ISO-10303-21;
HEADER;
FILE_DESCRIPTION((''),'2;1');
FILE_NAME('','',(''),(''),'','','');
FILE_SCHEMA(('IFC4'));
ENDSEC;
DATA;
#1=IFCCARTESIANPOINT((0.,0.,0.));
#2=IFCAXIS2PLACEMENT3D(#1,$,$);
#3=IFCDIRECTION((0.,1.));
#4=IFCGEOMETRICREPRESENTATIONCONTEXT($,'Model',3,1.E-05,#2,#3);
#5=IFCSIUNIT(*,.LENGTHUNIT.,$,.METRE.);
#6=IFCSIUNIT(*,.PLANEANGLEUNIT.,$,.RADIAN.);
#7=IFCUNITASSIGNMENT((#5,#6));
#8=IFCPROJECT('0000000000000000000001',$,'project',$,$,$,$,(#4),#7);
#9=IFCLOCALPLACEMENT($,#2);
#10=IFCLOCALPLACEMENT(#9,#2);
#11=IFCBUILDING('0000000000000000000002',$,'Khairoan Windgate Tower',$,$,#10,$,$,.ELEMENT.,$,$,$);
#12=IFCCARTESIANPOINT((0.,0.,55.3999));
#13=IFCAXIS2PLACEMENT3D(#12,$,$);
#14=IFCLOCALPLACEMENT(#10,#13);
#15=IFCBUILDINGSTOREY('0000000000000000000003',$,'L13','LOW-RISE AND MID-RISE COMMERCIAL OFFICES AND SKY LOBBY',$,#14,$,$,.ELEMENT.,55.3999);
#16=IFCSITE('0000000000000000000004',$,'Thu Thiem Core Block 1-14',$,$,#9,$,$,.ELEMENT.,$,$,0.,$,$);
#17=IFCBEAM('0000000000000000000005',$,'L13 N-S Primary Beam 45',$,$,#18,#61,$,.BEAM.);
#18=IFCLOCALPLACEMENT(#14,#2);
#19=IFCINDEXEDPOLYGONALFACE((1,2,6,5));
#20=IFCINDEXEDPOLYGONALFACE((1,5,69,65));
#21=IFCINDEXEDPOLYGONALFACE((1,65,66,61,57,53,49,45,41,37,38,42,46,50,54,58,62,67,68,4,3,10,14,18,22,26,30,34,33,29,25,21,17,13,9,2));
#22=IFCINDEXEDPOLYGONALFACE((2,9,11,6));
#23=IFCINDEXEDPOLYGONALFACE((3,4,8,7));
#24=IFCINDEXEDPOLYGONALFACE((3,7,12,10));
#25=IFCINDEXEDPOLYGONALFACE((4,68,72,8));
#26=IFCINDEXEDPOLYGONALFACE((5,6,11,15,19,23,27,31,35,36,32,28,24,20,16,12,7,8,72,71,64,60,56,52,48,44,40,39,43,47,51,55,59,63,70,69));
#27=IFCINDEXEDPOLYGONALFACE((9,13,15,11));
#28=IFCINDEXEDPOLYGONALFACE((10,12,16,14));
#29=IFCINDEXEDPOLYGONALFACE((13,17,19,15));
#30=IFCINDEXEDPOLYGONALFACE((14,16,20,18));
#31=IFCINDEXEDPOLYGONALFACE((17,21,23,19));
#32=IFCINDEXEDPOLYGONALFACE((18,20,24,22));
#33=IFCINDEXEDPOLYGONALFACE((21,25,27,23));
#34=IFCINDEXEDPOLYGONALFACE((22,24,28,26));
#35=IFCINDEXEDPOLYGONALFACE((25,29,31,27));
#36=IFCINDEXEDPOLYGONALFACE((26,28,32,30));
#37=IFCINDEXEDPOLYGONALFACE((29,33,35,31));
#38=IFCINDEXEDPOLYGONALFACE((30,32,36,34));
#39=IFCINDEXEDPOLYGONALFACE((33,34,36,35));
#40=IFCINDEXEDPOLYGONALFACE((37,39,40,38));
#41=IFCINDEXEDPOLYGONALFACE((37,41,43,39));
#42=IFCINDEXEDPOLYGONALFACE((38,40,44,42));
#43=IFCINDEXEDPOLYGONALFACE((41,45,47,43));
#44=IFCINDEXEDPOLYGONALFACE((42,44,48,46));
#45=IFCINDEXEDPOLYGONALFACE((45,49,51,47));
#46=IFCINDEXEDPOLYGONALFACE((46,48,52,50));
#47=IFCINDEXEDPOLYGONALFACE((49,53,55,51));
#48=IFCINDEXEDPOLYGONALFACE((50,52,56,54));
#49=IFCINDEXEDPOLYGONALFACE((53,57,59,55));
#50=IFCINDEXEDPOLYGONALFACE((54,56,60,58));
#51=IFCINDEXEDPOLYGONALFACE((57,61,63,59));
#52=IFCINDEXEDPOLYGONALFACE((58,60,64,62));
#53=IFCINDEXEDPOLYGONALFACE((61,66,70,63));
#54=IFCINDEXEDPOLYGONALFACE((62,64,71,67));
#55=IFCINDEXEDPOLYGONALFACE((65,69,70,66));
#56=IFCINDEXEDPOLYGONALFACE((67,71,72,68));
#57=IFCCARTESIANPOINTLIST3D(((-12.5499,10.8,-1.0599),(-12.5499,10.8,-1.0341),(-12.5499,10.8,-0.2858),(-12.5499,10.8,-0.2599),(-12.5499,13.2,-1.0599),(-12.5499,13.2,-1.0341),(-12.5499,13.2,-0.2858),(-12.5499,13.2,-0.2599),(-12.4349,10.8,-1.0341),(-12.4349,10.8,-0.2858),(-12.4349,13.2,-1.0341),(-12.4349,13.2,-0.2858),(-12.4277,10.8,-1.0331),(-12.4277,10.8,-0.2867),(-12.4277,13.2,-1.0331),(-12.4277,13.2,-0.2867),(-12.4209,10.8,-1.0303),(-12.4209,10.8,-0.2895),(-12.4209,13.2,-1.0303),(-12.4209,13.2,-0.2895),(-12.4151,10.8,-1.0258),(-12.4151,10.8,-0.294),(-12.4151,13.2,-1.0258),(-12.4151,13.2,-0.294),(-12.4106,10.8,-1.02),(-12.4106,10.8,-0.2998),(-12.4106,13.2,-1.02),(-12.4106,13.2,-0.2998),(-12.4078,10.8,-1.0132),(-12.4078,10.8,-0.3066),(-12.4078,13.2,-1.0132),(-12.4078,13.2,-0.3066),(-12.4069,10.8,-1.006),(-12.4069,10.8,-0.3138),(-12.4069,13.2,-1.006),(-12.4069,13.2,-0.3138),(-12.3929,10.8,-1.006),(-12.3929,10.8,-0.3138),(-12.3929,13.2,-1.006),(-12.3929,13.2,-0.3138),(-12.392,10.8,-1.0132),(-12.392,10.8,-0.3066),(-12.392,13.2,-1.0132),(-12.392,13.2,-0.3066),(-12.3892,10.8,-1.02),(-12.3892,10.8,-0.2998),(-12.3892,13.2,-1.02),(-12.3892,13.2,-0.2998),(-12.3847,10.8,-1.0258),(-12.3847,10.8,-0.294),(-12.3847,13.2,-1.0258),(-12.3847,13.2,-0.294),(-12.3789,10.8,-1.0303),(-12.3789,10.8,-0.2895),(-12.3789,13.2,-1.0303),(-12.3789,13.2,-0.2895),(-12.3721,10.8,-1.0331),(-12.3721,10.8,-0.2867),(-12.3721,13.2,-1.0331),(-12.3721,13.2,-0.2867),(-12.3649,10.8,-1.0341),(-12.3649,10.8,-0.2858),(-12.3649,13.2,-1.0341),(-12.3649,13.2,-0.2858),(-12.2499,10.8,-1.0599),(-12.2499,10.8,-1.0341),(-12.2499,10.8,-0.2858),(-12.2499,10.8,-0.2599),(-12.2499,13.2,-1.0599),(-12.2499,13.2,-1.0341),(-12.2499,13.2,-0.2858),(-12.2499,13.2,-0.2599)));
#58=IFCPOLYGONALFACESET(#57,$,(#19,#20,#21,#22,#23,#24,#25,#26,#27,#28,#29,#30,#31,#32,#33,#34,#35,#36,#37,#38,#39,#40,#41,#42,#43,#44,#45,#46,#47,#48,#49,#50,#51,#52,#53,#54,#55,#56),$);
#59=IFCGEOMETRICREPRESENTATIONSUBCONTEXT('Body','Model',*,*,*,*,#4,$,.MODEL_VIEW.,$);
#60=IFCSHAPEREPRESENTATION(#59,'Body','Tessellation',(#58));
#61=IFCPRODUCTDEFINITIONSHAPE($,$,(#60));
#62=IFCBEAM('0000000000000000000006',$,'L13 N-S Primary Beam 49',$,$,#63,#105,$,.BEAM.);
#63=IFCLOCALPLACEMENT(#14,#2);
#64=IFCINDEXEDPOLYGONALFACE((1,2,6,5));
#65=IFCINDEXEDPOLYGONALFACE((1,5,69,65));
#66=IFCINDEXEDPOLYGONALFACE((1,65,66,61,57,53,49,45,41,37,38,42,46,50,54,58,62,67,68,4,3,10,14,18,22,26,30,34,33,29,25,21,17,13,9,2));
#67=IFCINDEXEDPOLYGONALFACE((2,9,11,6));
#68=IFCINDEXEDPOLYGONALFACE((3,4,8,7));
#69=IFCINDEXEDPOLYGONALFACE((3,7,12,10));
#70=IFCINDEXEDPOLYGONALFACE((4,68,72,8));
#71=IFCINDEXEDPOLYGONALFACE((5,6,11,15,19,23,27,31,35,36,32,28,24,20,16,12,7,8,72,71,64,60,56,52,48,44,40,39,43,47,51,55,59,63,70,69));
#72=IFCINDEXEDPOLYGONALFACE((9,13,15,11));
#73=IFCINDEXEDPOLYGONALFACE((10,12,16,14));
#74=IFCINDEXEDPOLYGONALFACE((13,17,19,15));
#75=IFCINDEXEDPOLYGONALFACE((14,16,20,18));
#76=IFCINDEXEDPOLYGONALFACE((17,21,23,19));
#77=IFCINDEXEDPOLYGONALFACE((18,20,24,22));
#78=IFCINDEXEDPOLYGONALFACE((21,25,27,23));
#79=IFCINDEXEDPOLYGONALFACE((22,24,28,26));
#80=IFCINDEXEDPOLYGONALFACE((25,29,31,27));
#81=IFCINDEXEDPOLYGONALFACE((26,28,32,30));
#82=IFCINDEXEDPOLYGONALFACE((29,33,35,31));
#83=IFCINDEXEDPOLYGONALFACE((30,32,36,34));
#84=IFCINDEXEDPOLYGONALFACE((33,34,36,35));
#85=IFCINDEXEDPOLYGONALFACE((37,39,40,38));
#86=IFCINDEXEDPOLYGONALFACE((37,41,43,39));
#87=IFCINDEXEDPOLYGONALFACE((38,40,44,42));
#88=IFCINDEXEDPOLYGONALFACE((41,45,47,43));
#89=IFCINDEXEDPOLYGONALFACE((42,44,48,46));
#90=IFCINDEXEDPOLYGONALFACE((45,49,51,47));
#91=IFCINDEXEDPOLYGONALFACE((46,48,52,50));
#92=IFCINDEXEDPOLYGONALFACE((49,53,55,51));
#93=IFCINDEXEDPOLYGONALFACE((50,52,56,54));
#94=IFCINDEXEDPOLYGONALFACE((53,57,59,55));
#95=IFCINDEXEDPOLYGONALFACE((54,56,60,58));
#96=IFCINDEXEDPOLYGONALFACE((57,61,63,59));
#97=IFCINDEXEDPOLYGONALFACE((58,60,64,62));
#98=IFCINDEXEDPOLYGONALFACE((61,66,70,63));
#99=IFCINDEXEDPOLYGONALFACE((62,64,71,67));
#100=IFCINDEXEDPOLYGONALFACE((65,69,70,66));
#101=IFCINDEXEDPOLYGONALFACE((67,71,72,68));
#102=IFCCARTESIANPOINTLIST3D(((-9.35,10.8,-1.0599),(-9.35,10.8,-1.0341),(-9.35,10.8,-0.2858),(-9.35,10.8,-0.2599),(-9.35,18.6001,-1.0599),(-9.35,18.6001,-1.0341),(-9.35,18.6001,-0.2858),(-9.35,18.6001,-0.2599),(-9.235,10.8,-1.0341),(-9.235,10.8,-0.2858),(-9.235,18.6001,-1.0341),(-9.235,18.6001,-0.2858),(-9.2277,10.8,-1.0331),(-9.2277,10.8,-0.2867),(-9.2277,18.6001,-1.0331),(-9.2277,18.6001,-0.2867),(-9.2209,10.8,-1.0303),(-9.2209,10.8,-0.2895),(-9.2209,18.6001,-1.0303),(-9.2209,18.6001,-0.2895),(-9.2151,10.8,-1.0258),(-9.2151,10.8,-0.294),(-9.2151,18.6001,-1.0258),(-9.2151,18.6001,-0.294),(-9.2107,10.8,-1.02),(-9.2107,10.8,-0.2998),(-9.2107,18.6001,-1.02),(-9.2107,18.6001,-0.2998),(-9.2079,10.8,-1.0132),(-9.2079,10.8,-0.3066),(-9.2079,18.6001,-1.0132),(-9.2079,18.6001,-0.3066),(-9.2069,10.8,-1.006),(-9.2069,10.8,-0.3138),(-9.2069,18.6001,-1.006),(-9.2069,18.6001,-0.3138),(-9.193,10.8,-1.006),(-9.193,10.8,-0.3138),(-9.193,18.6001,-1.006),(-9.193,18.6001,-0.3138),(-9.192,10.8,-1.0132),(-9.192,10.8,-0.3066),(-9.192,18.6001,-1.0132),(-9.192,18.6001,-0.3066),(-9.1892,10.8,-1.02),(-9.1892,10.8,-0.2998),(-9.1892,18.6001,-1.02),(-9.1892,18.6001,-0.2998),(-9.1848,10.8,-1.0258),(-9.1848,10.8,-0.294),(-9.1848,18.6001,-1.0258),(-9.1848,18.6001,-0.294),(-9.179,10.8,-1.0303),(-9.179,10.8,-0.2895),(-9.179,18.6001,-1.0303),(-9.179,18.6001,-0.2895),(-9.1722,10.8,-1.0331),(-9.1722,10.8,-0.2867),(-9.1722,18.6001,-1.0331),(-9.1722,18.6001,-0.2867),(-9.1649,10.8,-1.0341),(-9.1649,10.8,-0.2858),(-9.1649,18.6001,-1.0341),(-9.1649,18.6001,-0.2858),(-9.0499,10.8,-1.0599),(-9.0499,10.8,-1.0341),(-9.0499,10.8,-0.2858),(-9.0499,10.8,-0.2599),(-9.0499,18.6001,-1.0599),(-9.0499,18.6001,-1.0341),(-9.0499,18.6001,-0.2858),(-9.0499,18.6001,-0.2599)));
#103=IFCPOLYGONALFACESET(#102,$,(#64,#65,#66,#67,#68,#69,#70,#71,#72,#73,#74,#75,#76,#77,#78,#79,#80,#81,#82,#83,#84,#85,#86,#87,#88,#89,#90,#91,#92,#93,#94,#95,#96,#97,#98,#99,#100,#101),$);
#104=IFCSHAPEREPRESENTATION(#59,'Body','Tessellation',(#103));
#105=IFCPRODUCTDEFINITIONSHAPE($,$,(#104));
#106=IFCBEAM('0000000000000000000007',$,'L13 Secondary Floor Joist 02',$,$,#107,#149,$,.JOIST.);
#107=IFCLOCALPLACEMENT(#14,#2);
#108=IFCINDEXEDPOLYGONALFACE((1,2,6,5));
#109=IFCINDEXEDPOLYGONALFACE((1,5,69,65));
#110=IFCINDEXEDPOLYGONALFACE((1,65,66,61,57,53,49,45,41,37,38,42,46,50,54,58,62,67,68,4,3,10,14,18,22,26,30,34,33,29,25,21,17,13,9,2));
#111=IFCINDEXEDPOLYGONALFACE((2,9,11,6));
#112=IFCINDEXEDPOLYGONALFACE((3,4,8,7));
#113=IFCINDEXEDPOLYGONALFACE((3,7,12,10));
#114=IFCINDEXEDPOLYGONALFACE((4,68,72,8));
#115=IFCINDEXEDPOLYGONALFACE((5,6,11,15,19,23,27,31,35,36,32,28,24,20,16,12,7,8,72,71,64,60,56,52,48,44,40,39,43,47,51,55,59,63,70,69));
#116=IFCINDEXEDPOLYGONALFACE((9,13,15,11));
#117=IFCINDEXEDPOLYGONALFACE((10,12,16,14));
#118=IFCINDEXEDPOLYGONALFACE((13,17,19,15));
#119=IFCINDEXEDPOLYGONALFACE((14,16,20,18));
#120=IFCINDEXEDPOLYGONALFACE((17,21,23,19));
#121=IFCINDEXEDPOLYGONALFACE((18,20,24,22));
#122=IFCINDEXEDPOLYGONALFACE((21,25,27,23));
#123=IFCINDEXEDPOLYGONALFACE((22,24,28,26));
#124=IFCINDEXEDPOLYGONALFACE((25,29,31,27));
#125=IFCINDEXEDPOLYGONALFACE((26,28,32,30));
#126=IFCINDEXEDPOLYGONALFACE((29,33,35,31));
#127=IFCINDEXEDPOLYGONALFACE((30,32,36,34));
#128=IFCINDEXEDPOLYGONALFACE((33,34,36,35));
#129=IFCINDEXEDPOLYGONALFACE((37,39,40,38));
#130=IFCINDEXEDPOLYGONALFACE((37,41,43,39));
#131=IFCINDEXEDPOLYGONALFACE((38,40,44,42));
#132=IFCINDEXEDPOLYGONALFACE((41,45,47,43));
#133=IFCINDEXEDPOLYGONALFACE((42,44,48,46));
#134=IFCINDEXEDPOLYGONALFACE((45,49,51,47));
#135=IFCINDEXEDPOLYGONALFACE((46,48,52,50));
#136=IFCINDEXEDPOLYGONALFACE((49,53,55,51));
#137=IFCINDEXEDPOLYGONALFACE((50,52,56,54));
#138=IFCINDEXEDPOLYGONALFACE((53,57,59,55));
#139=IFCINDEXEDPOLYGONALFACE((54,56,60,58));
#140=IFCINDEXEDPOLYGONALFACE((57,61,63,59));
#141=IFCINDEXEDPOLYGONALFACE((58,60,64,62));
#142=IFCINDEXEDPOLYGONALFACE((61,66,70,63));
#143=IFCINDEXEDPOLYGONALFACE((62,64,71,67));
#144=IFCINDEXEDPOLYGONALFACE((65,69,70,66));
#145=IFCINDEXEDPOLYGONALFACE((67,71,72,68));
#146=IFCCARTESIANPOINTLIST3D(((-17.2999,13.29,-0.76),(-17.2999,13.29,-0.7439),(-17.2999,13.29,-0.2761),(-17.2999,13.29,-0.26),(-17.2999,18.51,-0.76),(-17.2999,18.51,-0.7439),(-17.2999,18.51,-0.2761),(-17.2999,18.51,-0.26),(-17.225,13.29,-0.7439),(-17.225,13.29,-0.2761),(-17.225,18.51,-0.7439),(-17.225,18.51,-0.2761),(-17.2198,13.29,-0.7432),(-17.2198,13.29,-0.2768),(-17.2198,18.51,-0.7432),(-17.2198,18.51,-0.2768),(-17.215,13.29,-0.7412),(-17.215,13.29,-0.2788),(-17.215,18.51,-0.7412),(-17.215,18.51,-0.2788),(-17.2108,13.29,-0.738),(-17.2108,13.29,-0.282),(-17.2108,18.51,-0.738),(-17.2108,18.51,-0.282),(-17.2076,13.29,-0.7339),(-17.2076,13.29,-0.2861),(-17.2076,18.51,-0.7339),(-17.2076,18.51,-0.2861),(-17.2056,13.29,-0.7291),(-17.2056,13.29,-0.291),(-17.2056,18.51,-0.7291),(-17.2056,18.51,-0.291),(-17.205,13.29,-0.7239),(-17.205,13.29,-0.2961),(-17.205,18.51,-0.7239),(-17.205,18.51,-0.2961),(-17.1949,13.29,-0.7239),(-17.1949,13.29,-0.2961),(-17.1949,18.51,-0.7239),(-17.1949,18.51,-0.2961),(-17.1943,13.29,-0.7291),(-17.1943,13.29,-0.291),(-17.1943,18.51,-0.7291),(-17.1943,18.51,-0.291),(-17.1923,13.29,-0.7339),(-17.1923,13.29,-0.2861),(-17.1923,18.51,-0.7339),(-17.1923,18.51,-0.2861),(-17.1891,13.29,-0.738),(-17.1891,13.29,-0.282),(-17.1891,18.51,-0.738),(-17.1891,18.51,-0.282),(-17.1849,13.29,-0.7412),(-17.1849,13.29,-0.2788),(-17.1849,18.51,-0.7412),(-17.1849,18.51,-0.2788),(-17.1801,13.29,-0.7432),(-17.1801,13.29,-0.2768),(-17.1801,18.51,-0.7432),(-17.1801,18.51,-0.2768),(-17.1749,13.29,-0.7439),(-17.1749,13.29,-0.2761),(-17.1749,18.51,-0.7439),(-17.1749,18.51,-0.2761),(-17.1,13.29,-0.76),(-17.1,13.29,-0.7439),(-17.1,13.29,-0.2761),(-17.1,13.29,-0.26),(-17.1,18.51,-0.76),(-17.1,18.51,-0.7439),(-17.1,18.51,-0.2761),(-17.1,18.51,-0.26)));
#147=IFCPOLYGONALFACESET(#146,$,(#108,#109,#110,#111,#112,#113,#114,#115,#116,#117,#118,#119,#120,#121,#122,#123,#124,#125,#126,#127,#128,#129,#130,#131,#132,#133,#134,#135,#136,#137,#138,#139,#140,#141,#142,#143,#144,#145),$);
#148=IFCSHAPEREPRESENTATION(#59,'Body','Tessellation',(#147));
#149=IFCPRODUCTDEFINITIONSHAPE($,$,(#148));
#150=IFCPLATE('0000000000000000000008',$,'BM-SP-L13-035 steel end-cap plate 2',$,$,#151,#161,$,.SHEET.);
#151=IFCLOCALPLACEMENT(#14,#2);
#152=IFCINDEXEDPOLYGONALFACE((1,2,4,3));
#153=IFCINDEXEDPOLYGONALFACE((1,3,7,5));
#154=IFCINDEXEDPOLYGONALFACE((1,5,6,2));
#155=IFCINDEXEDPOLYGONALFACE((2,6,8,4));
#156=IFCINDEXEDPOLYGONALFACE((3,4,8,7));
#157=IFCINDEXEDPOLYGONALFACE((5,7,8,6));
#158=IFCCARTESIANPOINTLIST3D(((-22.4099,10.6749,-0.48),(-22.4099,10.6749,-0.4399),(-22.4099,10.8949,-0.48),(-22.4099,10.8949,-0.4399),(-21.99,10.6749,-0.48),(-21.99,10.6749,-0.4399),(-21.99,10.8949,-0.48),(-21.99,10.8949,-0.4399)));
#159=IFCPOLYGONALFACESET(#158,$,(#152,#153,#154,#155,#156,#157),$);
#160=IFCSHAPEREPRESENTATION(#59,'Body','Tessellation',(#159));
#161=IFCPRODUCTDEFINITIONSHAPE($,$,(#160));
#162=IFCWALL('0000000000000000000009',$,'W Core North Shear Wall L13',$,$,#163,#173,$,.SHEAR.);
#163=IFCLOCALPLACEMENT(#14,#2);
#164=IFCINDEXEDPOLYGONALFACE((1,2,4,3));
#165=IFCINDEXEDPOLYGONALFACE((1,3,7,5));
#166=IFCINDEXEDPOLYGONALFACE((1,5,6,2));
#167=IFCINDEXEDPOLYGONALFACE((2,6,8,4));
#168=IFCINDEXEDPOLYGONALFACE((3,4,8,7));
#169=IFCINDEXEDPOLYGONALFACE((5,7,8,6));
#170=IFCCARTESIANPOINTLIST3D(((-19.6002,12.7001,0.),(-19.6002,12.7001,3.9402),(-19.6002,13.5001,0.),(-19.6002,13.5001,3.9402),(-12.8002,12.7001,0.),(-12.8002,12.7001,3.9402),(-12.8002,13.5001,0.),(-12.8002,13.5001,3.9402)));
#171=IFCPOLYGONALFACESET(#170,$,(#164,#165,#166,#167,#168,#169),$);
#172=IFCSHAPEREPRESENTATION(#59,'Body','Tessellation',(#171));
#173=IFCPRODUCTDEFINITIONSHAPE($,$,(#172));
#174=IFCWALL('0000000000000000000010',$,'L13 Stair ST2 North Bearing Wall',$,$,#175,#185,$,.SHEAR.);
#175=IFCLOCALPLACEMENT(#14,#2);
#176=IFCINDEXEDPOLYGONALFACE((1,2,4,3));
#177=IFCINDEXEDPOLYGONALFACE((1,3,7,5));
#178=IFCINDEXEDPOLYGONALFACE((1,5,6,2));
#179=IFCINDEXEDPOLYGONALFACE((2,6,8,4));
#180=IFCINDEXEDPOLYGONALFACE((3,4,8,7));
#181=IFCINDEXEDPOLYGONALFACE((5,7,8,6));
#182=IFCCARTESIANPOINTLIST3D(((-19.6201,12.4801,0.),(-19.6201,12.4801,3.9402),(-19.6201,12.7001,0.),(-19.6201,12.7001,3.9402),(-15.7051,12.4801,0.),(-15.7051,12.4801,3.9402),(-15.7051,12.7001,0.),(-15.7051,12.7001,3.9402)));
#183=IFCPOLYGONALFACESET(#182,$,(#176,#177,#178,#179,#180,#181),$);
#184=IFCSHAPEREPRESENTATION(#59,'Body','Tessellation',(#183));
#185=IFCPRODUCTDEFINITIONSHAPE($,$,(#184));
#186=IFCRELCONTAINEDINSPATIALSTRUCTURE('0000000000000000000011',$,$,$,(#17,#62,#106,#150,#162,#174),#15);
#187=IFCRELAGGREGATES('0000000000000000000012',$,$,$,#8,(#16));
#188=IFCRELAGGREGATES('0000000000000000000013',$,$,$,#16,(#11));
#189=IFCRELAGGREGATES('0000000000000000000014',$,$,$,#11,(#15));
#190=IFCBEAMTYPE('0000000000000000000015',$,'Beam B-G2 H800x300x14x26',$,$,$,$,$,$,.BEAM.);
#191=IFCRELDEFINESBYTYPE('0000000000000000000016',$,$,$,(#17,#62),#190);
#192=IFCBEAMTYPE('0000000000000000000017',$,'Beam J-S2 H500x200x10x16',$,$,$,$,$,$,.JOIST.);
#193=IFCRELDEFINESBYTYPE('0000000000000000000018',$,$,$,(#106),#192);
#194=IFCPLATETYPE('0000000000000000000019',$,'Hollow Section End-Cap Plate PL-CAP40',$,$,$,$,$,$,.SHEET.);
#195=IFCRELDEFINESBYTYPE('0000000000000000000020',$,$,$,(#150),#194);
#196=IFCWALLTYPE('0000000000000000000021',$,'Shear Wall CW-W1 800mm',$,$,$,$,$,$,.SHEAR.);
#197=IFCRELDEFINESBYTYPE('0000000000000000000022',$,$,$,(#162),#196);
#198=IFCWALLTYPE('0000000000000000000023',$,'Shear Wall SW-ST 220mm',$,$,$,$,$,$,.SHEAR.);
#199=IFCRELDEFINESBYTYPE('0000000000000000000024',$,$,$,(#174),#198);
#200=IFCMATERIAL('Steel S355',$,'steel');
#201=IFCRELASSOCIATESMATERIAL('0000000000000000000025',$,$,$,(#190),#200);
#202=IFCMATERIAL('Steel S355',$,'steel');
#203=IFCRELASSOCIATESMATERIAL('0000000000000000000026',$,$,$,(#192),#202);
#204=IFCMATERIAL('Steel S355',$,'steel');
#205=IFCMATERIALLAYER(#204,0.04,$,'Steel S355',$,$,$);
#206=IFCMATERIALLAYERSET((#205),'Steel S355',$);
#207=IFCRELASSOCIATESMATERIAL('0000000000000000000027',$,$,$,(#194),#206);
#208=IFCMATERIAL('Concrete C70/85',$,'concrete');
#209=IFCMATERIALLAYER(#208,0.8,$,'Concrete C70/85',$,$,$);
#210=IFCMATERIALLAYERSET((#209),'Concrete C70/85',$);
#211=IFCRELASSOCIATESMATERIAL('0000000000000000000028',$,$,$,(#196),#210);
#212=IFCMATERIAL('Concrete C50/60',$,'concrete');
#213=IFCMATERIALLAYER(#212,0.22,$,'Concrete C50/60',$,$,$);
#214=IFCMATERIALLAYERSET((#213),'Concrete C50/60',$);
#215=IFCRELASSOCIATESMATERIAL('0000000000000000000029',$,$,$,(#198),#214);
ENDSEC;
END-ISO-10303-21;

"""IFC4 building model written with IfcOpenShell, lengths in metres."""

from ifc_helpers import new_model, si_unit, direction, frame, frame_2d, origin, origin_2d, place, context, subcontext, project, spatial, rectangle, i_section, extrude, material, layer, layer_set, material_profile, profile_set, type_object, element, save


model = new_model("IFC4")

# Units and contexts
model_context = context("Model", 3, precision=1e-05, world=origin(), true_north=direction((0.0, 1.0)))
body_context = subcontext(model_context, "Body", "Model", "MODEL_VIEW")
ifc_project = project(units=[si_unit("LENGTHUNIT", "METRE"), si_unit("PLANEANGLEUNIT", "RADIAN")], contexts=[model_context])

# Site, building, storey
site_placement = place(None, origin())
site = spatial("IfcSite", under=ifc_project, at=site_placement, Name="Thu Thiem Core Block 1-14", CompositionType="ELEMENT", RefElevation=0.0)
building_placement = place(site_placement, origin())
building = spatial("IfcBuilding", under=site, at=building_placement, Name="Khairoan Windgate Tower", CompositionType="ELEMENT")
storey_placement = place(building_placement, frame((0.0, 0.0, 55.3999)))
storey = spatial("IfcBuildingStorey", under=building, at=storey_placement, Name="L13", Description="LOW-RISE AND MID-RISE COMMERCIAL OFFICES AND SKY LOBBY", CompositionType="ELEMENT", Elevation=55.3999)

# Beams
ifc_material_1 = material(Name="Steel S355", Category="steel")
ifc_material_profile_1 = material_profile(ifc_material_1, i_section(OverallWidth=0.3, OverallDepth=0.8, WebThickness=0.0139, FlangeThickness=0.0259, FilletRadius=0.0281, at=origin_2d()))
ifc_profile_set_1 = profile_set([ifc_material_profile_1], Name="Steel S355")
beam_type_1 = type_object("IfcBeamType", Name="Beam B-G2 H800x300x14x26", PredefinedType="BEAM", material=ifc_profile_set_1)
beam_1_placement = place(storey_placement, frame((-12.3999, 10.8, -0.6599), z_axis=(0.0, 1.0, 0.0), x_axis=(-1.0, 0.0, 0.0)))
element("IfcBeam", 1, at=beam_1_placement, inside=storey, type_object=beam_type_1, Name="L13 N-S Primary Beam 45", PredefinedType="BEAM", context=body_context, shape_type="SweptSolid", body=[
    extrude(i_section(OverallWidth=0.3, OverallDepth=0.8, WebThickness=0.0139, FlangeThickness=0.0259, FilletRadius=0.0281, at=origin_2d()), origin(), (0.0, 0.0, 1.0), 2.3999),
])
beam_2_placement = place(storey_placement, frame((-9.2, 10.8, -0.6599), z_axis=(0.0, 1.0, 0.0), x_axis=(-1.0, 0.0, 0.0)))
element("IfcBeam", 2, at=beam_2_placement, inside=storey, type_object=beam_type_1, Name="L13 N-S Primary Beam 49", PredefinedType="BEAM", context=body_context, shape_type="SweptSolid", body=[
    extrude(i_section(OverallWidth=0.3, OverallDepth=0.8, WebThickness=0.0139, FlangeThickness=0.0259, FilletRadius=0.0281, at=origin_2d()), origin(), (0.0, 0.0, 1.0), 7.8),
])
ifc_material_2 = material(Name="Steel S355", Category="steel")
ifc_material_profile_2 = material_profile(ifc_material_2, i_section(OverallWidth=0.2, OverallDepth=0.5, WebThickness=0.01, FlangeThickness=0.0161, FilletRadius=0.02, at=origin_2d()))
ifc_profile_set_2 = profile_set([ifc_material_profile_2], Name="Steel S355")
beam_type_2 = type_object("IfcBeamType", Name="Beam J-S2 H500x200x10x16", PredefinedType="JOIST", material=ifc_profile_set_2)
beam_3_placement = place(storey_placement, frame((-17.2, 13.29, -0.51), z_axis=(0.0, 1.0, 0.0), x_axis=(-1.0, 0.0, 0.0)))
element("IfcBeam", 3, at=beam_3_placement, inside=storey, type_object=beam_type_2, Name="L13 Secondary Floor Joist 02", PredefinedType="JOIST", context=body_context, shape_type="SweptSolid", body=[
    extrude(i_section(OverallWidth=0.2, OverallDepth=0.5, WebThickness=0.01, FlangeThickness=0.0161, FilletRadius=0.02, at=origin_2d()), origin(), (0.0, 0.0, 1.0), 5.22),
])

# Plate
ifc_material_3 = material(Name="Steel S355", Category="steel")
ifc_layer_1 = layer(ifc_material_3, 0.04, Name="Steel S355")
ifc_layer_set_1 = layer_set([ifc_layer_1], Name="Steel S355")
plate_type = type_object("IfcPlateType", Name="Hollow Section End-Cap Plate PL-CAP40", PredefinedType="SHEET", material=ifc_layer_set_1)
plate_placement = place(storey_placement, frame((-22.2, 10.7849, -0.48), z_axis=(0.0, 0.0, 1.0), x_axis=(0.0, 1.0, 0.0)))
element("IfcPlate", 4, at=plate_placement, inside=storey, type_object=plate_type, Name="BM-SP-L13-035 steel end-cap plate 2", PredefinedType="SHEET", context=body_context, shape_type="SweptSolid", body=[
    extrude(rectangle(XDim=0.22, YDim=0.4199, at=origin_2d()), origin(), (0.0, 0.0, 1.0), 0.04),
])

# Walls
ifc_material_4 = material(Name="Concrete C70/85", Category="concrete")
ifc_layer_2 = layer(ifc_material_4, 0.8, Name="Concrete C70/85")
ifc_layer_set_2 = layer_set([ifc_layer_2], Name="Concrete C70/85")
wall_type_1 = type_object("IfcWallType", Name="Shear Wall CW-W1 800mm", PredefinedType="SHEAR", material=ifc_layer_set_2)
wall_1_placement = place(storey_placement, frame((-19.6001, 13.1001, 0.0), z_axis=(0.0, 0.0, 1.0), x_axis=(1.0, 0.0, 0.0)))
element("IfcWall", 5, at=wall_1_placement, inside=storey, type_object=wall_type_1, Name="W Core North Shear Wall L13", PredefinedType="SHEAR", context=body_context, shape_type="SweptSolid", body=[
    extrude(rectangle(XDim=6.8, YDim=0.8, at=frame_2d((3.3999, 0.0))), origin(), (0.0, 0.0, 1.0), 3.9402),
])
ifc_material_5 = material(Name="Concrete C50/60", Category="concrete")
ifc_layer_3 = layer(ifc_material_5, 0.22, Name="Concrete C50/60")
ifc_layer_set_3 = layer_set([ifc_layer_3], Name="Concrete C50/60")
wall_type_2 = type_object("IfcWallType", Name="Shear Wall SW-ST 220mm", PredefinedType="SHEAR", material=ifc_layer_set_3)
wall_2_placement = place(storey_placement, frame((-19.6201, 12.5901, 0.0), z_axis=(0.0, 0.0, 1.0), x_axis=(1.0, 0.0, 0.0)))
element("IfcWall", 6, at=wall_2_placement, inside=storey, type_object=wall_type_2, Name="L13 Stair ST2 North Bearing Wall", PredefinedType="SHEAR", context=body_context, shape_type="SweptSolid", body=[
    extrude(rectangle(XDim=3.915, YDim=0.22, at=frame_2d((1.9575, 0.0))), origin(), (0.0, 0.0, 1.0), 3.9402),
])

save(model, "model.ifc")
